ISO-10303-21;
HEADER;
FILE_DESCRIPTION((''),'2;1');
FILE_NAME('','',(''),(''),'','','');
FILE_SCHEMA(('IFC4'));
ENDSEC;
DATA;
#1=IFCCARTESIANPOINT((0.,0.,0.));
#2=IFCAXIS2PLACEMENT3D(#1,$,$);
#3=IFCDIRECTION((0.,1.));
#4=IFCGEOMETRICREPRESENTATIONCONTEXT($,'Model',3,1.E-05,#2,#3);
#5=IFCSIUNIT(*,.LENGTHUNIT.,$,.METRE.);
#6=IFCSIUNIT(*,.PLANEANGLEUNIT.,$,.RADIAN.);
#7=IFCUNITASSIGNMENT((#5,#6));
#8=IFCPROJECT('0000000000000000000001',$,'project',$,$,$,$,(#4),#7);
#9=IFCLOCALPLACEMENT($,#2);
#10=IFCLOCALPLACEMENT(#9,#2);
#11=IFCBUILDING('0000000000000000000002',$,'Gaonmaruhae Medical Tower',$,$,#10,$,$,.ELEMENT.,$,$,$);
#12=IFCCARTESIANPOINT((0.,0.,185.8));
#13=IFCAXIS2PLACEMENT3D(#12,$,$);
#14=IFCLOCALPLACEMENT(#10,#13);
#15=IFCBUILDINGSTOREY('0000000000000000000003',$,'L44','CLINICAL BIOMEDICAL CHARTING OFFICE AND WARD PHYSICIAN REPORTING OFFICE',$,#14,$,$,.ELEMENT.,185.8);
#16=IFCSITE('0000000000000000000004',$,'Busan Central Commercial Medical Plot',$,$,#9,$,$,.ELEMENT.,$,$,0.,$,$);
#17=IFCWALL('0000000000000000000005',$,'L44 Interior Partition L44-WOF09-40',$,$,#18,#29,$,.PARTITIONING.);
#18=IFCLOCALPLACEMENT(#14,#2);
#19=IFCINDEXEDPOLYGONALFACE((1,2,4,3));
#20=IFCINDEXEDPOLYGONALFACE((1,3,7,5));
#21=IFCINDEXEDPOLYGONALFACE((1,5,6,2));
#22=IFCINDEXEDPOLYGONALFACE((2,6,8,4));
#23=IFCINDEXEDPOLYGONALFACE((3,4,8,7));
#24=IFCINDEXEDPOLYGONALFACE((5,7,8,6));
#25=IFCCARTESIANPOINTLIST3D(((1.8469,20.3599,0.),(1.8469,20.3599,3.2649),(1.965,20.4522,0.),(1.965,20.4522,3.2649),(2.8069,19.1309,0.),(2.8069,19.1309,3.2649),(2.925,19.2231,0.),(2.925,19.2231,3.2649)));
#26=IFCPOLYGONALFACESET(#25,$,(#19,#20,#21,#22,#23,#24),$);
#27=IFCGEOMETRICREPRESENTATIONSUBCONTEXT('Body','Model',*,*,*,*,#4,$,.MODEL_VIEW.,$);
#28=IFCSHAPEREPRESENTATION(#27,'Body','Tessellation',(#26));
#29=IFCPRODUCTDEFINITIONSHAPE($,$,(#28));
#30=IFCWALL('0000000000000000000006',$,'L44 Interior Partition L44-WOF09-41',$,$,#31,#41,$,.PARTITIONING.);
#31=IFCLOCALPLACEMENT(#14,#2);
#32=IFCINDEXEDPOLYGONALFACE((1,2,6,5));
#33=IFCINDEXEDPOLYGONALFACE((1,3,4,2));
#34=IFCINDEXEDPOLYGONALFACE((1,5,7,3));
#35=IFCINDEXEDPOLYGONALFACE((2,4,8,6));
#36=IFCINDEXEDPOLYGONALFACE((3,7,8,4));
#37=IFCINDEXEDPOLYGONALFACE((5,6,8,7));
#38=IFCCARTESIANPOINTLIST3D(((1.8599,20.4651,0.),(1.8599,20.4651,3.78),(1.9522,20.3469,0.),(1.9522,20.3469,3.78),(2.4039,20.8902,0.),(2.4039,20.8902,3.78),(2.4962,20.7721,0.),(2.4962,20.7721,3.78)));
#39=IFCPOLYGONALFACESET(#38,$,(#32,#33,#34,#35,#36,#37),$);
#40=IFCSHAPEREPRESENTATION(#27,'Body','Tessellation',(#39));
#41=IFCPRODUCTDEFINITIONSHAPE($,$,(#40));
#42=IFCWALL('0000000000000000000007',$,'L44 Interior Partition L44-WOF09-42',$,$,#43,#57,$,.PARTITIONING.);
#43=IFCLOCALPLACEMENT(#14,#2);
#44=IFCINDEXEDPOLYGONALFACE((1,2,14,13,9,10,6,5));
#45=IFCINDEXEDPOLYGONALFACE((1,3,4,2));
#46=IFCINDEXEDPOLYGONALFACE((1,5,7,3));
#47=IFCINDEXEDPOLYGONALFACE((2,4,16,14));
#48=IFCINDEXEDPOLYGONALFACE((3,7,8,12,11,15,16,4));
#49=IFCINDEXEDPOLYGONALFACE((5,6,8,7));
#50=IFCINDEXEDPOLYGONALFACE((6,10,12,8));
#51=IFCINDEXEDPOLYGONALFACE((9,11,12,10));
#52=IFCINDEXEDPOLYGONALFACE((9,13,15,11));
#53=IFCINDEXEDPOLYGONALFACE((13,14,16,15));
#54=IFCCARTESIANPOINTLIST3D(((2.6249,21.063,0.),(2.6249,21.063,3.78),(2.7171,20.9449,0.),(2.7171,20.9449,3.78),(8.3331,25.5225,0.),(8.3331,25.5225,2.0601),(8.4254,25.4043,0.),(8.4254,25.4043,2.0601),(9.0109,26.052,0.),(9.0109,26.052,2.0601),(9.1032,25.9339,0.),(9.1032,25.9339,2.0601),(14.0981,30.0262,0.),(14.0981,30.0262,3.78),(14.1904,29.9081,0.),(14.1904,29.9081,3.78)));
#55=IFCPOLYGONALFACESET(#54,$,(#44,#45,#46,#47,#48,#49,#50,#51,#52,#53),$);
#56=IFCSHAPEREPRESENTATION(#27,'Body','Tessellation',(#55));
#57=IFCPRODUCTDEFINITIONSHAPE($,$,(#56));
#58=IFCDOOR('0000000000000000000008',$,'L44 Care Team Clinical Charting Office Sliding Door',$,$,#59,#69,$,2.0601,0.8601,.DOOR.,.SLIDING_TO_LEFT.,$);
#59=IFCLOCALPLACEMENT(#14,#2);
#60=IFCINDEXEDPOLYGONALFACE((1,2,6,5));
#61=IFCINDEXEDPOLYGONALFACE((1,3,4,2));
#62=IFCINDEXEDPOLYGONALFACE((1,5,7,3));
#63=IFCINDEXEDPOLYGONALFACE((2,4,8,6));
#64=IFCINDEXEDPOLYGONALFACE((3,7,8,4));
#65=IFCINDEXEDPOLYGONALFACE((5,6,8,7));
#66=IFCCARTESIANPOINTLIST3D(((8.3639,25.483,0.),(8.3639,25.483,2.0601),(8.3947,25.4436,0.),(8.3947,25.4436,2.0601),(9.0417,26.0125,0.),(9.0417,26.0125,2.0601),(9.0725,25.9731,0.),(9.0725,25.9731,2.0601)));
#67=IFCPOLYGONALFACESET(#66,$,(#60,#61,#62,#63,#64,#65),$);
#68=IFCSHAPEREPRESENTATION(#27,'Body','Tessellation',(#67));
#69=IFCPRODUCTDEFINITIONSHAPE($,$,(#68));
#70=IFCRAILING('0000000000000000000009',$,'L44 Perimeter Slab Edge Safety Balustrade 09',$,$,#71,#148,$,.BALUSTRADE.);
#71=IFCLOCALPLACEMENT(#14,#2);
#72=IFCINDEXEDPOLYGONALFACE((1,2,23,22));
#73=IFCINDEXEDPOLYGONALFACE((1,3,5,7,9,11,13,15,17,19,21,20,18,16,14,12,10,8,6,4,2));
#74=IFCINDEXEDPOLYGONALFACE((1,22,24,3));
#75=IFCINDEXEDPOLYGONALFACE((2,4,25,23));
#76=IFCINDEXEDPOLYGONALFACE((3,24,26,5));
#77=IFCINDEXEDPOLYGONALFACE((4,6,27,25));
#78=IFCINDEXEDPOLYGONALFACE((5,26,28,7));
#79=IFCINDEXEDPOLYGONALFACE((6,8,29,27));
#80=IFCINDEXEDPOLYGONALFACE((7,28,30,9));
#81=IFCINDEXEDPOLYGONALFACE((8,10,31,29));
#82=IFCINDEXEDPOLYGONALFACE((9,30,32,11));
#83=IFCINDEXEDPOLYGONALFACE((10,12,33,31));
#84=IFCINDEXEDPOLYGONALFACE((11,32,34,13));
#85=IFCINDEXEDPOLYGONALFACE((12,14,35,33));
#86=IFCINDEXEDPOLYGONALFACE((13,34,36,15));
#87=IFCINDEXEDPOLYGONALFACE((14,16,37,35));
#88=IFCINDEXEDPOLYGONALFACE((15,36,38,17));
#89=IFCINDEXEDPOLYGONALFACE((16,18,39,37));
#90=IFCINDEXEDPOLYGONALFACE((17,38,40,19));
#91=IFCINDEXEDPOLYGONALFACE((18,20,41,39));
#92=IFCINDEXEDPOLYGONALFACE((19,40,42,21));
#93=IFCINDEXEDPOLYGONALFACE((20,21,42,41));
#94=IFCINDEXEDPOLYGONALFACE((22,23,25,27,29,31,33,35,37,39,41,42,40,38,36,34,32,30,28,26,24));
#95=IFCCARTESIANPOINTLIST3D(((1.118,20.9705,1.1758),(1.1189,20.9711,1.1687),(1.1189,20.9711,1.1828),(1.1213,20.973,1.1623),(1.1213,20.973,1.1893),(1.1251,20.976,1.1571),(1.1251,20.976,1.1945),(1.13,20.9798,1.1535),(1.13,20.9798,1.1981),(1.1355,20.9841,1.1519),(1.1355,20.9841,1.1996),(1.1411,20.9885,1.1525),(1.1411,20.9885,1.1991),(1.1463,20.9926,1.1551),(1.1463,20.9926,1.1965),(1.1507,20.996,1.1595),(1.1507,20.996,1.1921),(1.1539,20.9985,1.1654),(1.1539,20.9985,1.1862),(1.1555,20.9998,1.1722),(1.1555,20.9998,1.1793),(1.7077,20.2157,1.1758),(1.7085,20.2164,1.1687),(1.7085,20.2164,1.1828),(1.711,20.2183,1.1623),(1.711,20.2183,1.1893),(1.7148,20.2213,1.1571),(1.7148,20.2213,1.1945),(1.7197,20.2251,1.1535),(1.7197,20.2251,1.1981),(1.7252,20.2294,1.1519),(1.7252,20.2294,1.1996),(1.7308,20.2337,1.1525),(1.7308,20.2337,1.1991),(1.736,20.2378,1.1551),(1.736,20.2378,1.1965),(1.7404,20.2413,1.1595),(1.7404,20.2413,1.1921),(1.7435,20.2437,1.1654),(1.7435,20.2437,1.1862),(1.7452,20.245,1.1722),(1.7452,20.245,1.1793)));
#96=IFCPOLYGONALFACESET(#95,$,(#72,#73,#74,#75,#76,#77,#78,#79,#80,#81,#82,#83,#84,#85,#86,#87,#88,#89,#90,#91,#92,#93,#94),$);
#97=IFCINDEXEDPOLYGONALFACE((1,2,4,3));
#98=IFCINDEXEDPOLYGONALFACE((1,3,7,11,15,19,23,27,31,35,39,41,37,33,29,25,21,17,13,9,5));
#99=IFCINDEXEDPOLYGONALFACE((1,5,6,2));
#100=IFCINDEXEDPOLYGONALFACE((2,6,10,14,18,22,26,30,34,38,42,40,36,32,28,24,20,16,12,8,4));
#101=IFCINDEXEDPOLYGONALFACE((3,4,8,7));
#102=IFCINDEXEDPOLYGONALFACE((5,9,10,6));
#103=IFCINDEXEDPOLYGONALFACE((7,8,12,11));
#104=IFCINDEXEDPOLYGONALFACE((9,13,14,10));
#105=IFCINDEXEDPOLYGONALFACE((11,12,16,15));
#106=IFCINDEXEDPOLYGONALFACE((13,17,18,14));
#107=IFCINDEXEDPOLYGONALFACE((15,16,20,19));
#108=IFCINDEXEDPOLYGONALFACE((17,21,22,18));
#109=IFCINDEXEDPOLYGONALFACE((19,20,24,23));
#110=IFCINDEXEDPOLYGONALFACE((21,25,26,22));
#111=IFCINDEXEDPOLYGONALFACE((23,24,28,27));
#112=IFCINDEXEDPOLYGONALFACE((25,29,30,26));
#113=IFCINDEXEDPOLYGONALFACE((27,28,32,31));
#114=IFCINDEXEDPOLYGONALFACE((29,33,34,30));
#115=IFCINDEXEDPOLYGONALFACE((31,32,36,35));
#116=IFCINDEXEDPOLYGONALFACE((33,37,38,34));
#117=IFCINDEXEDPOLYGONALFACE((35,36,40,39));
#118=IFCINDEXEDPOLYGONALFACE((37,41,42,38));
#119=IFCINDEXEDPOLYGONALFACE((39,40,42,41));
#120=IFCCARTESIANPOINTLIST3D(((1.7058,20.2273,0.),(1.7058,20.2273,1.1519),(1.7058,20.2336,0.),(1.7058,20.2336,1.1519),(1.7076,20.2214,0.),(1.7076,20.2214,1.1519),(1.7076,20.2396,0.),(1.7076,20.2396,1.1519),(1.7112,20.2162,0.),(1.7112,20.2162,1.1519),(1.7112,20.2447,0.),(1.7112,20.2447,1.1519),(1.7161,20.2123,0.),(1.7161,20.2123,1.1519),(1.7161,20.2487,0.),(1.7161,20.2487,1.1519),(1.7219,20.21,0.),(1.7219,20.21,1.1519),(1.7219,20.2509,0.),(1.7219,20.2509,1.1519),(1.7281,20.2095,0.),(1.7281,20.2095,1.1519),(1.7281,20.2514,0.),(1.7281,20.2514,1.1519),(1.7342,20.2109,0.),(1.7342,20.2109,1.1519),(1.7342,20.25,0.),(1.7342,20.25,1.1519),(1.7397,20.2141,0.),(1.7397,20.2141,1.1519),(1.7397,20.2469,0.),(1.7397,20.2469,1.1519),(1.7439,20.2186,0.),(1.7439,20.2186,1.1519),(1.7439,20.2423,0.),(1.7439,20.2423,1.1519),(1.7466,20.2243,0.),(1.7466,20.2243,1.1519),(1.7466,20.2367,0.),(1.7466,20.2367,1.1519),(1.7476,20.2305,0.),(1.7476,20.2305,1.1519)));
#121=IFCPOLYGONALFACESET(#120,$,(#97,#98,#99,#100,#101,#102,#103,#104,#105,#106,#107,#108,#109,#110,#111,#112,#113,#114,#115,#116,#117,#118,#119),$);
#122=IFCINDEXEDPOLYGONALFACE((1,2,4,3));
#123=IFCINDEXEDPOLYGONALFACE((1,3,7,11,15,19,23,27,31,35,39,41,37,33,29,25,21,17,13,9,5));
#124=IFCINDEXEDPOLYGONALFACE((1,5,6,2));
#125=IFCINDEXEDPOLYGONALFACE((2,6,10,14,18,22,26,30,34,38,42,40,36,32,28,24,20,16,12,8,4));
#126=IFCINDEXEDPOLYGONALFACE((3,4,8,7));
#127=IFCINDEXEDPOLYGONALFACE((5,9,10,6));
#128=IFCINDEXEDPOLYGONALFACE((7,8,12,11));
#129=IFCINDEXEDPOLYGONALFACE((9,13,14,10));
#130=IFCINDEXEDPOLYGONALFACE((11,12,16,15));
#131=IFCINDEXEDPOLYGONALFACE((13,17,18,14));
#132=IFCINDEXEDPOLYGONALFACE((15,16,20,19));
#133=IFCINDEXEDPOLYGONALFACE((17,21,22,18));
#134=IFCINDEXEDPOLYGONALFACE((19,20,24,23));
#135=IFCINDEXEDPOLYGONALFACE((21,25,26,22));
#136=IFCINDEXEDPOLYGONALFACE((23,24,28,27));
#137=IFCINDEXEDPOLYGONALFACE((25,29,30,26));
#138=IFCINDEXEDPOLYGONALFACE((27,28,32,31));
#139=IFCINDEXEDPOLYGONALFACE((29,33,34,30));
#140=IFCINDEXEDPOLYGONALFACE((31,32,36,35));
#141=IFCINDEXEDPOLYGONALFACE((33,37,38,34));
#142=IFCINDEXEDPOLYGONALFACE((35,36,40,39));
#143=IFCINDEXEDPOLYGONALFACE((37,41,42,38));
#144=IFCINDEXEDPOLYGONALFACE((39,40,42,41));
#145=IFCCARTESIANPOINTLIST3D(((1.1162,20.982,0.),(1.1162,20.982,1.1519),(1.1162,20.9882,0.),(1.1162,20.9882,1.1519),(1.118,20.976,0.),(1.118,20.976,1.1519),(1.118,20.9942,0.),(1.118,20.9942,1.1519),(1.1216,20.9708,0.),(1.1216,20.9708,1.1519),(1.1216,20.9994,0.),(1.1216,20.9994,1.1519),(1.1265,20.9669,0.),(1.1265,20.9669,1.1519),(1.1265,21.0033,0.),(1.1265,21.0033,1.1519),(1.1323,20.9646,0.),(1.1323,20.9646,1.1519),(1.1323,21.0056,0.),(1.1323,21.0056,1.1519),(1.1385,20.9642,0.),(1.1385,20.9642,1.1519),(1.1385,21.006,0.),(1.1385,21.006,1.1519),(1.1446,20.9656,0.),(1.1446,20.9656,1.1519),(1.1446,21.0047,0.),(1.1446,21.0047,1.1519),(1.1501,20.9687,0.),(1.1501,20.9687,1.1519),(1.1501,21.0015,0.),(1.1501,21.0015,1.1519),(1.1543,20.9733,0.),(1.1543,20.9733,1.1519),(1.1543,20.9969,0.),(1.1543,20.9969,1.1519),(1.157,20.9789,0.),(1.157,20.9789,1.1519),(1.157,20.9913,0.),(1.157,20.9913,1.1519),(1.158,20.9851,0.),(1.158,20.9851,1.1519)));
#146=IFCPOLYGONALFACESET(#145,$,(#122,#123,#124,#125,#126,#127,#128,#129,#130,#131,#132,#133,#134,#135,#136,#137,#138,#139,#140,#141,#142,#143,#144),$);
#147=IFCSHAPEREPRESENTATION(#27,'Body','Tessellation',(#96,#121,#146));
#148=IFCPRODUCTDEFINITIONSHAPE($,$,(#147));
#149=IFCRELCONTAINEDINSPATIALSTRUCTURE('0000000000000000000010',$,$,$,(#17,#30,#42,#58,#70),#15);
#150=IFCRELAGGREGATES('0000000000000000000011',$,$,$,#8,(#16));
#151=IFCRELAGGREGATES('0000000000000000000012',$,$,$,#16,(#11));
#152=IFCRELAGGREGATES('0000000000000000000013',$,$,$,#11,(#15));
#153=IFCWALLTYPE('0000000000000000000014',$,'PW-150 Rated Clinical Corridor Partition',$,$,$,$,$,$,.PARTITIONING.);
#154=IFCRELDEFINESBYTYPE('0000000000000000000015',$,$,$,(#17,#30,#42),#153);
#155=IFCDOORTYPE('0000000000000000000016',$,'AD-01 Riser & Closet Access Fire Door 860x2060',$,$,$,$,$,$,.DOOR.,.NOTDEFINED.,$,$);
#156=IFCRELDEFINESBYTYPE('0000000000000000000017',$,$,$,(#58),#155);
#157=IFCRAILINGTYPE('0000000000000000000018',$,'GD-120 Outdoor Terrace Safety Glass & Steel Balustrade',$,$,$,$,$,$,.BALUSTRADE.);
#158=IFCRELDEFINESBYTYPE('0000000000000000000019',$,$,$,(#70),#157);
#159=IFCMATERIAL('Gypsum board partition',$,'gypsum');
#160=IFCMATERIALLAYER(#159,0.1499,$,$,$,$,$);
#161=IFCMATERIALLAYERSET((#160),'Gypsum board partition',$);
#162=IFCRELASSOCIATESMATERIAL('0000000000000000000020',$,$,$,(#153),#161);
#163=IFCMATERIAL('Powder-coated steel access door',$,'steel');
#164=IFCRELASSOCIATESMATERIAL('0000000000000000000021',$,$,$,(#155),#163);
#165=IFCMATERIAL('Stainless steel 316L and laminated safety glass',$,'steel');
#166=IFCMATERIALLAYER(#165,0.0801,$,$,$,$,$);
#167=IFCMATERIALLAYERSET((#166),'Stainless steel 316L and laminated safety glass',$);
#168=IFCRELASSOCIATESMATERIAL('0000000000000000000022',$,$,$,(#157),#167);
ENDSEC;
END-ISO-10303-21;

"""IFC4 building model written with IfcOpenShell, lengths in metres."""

from ifc_helpers import new_model, si_unit, direction, frame, frame_2d, origin, origin_2d, place, context, subcontext, project, spatial, rectangle, circle, extrude, material, layer, layer_set, type_object, element, fill, save


model = new_model("IFC4")

# Units and contexts
model_context = context("Model", 3, precision=1e-05, world=origin(), true_north=direction((0.0, 1.0)))
body_context = subcontext(model_context, "Body", "Model", "MODEL_VIEW")
ifc_project = project(units=[si_unit("LENGTHUNIT", "METRE"), si_unit("PLANEANGLEUNIT", "RADIAN")], contexts=[model_context])

# Site, building, storey
site_placement = place(None, origin())
site = spatial("IfcSite", under=ifc_project, at=site_placement, Name="Busan Central Commercial Medical Plot", CompositionType="ELEMENT", RefElevation=0.0)
building_placement = place(site_placement, origin())
building = spatial("IfcBuilding", under=site, at=building_placement, Name="Gaonmaruhae Medical Tower", CompositionType="ELEMENT")
storey_placement = place(building_placement, frame((0.0, 0.0, 185.8)))
storey = spatial("IfcBuildingStorey", under=building, at=storey_placement, Name="L44", Description="CLINICAL BIOMEDICAL CHARTING OFFICE AND WARD PHYSICIAN REPORTING OFFICE", CompositionType="ELEMENT", Elevation=185.8)

# Shared definitions
ifc_material_1 = material(Name="Gypsum board partition", Category="gypsum")
ifc_layer_1 = layer(ifc_material_1, 0.1499)
ifc_layer_set_1 = layer_set([ifc_layer_1], Name="Gypsum board partition")
wall_type_1 = type_object("IfcWallType", Name="PW-150 Rated Clinical Corridor Partition", PredefinedType="PARTITIONING", material=ifc_layer_set_1)

# Shared definitions
ifc_material_2 = material(Name="Powder-coated steel access door", Category="steel")
door_type = type_object("IfcDoorType", Name="AD-01 Riser & Closet Access Fire Door 860x2060", OperationType="NOTDEFINED", PredefinedType="DOOR", material=ifc_material_2)

# Walls
wall_1_placement = place(storey_placement, frame((2.866, 19.177, 0.0), z_axis=(0.0, 0.0, 1.0), x_axis=(-0.615565, 0.788086, 0.0)))
element("IfcWall", 1, at=wall_1_placement, inside=storey, type_object=wall_type_1, Name="L44 Interior Partition L44-WOF09-40", PredefinedType="PARTITIONING", context=body_context, shape_type="SweptSolid", body=[
    extrude(rectangle(XDim=1.5596, YDim=0.1499, at=frame_2d((0.7798, 0.0))), origin(), (0.0, 0.0, 1.0), 3.2649),
])
wall_2_placement = place(storey_placement, frame((1.906, 20.406, 0.0), z_axis=(0.0, 0.0, 1.0), x_axis=(0.78796, 0.615726, 0.0)))
element("IfcWall", 2, at=wall_2_placement, inside=storey, type_object=wall_type_1, Name="L44 Interior Partition L44-WOF09-41", PredefinedType="PARTITIONING", context=body_context, shape_type="SweptSolid", body=[
    extrude(rectangle(XDim=0.6904, YDim=0.1499, at=frame_2d((0.3452, 0.0))), origin(), (0.0, 0.0, 1.0), 3.78),
])

# Wall, opening, door
wall_3_placement = place(storey_placement, frame((2.6709, 21.0039, 0.0), z_axis=(0.0, 0.0, 1.0), x_axis=(0.788033, 0.615633, 0.0)))
wall_3 = element("IfcWall", 3, at=wall_3_placement, inside=storey, type_object=wall_type_1, Name="L44 Interior Partition L44-WOF09-42", PredefinedType="PARTITIONING", context=body_context, shape_type="SweptSolid", body=[
    extrude(rectangle(XDim=14.5593, YDim=0.1499, at=frame_2d((7.2798, 0.0))), origin(), (0.0, 0.0, 1.0), 3.78),
])
opening_1_placement = place(wall_3_placement, frame((7.2437, 0.0, 0.0)))
opening_1 = element("IfcOpeningElement", 4, at=opening_1_placement, cuts=wall_3, PredefinedType="OPENING", context=body_context, shape_type="SweptSolid", body=[
    extrude(rectangle(XDim=0.8601, YDim=2.0601, at=frame_2d((0.4302, 1.03))), frame((0.0, 0.085, 0.0), z_axis=(0.0, -1.0, 0.0), x_axis=(1.0, 0.0, 0.0)), (0.0, 0.0, 1.0), 0.1699),
])
door_1_placement = place(opening_1_placement, origin())
door_1 = element("IfcDoor", 5, at=door_1_placement, inside=storey, type_object=door_type, Name="L44 Care Team Clinical Charting Office Sliding Door", OperationType="SLIDING_TO_LEFT", OverallHeight=2.0601, OverallWidth=0.8601, PredefinedType="DOOR", context=body_context, shape_type="SweptSolid", body=[
    extrude(rectangle(XDim=0.8601, YDim=2.0601, at=frame_2d((0.4302, 1.03))), frame((0.0, 0.0249, 0.0), z_axis=(0.0, -1.0, 0.0), x_axis=(1.0, 0.0, 0.0)), (0.0, 0.0, 1.0), 0.05),
])
fill(opening_1, door_1)

# Railing
ifc_material_3 = material(Name="Stainless steel 316L and laminated safety glass", Category="steel")
ifc_layer_2 = layer(ifc_material_3, 0.0801)
ifc_layer_set_2 = layer_set([ifc_layer_2], Name="Stainless steel 316L and laminated safety glass")
railing_type = type_object("IfcRailingType", Name="GD-120 Outdoor Terrace Safety Glass & Steel Balustrade", PredefinedType="BALUSTRADE", material=ifc_layer_set_2)
railing_1_placement = place(storey_placement, frame((1.7266, 20.2305, 0.0)))
element("IfcRailing", 6, at=railing_1_placement, inside=storey, type_object=railing_type, Name="L44 Perimeter Slab Edge Safety Balustrade 09", PredefinedType="BALUSTRADE", context=body_context, shape_type="SweptSolid", body=[
    extrude(circle(Radius=0.0239, at=origin_2d()), frame((0.0, 0.0, 1.1758), z_axis=(-0.615669, 0.788005, 0.0), x_axis=(-0.788005, -0.615669, 0.0)), (0.0, 0.0, 1.0), 0.9578),
    extrude(circle(Radius=0.021, at=origin_2d()), origin(), (0.0, 0.0, 1.0), 1.1519),
    extrude(circle(Radius=0.021, at=origin_2d()), frame((-0.5896, 0.7546, 0.0)), (0.0, 0.0, 1.0), 1.1519),
])

save(model, "model.ifc")
